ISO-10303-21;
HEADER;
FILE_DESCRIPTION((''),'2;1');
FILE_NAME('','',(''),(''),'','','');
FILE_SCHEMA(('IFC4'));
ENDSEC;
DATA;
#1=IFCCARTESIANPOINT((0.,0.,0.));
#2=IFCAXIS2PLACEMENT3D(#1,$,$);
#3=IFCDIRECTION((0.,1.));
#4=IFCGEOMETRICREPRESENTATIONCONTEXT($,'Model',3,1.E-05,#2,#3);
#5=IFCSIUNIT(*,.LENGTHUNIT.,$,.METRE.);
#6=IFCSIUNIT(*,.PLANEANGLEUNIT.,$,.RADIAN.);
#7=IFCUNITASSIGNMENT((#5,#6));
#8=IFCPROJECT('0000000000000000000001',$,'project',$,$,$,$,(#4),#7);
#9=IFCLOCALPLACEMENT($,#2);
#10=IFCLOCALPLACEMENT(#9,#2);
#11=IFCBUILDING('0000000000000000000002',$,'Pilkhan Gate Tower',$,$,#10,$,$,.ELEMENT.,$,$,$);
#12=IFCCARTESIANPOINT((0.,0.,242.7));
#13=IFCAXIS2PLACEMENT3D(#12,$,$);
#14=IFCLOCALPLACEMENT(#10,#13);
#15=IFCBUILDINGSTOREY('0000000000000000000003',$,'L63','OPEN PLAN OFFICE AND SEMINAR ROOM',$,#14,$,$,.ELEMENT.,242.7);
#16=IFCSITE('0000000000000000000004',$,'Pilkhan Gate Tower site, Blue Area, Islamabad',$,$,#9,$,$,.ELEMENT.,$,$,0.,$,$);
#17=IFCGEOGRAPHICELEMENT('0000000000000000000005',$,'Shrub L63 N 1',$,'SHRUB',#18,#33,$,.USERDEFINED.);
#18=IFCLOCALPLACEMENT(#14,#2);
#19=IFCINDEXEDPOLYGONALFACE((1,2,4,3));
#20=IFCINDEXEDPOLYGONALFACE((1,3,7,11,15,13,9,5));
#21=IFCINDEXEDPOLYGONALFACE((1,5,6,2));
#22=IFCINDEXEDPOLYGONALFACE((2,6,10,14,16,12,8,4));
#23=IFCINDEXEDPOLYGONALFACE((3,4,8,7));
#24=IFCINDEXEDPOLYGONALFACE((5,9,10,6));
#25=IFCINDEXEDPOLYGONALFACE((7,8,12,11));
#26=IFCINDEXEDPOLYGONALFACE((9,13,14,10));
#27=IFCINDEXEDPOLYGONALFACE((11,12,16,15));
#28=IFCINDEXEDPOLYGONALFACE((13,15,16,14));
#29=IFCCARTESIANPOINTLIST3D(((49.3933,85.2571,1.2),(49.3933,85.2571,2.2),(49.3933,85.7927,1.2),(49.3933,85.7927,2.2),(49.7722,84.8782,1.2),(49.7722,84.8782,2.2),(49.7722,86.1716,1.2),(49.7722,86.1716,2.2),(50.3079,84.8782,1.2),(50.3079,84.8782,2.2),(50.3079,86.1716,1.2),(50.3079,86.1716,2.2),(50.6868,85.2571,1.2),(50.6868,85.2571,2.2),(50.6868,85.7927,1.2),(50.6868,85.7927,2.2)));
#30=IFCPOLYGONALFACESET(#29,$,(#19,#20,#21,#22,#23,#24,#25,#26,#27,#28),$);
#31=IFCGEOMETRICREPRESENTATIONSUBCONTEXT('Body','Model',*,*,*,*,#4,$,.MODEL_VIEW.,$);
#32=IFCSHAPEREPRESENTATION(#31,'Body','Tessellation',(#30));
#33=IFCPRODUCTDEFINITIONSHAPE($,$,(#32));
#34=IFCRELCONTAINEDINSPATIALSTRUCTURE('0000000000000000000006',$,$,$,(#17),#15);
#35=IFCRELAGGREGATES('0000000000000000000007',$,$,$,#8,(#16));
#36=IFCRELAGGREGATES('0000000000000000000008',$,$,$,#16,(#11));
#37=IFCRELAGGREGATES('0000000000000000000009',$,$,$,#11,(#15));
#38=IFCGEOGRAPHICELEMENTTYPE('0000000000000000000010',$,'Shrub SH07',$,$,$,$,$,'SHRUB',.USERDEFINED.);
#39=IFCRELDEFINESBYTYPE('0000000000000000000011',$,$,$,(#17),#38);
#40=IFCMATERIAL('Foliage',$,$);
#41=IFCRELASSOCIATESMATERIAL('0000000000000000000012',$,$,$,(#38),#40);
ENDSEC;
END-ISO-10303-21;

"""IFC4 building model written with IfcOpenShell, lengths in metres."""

from ifc_helpers import new_model, si_unit, direction, frame, origin, place, context, subcontext, project, spatial, polyline, outline, extrude, material, material_profile, profile_set, type_object, element, save


model = new_model("IFC4")

# Units and contexts
model_context = context("Model", 3, precision=1e-05, world=origin(), true_north=direction((0.0, 1.0)))
body_context = subcontext(model_context, "Body", "Model", "MODEL_VIEW")
ifc_project = project(units=[si_unit("LENGTHUNIT", "METRE"), si_unit("PLANEANGLEUNIT", "RADIAN")], contexts=[model_context])

# Site, building, storey
site_placement = place(None, origin())
site = spatial("IfcSite", under=ifc_project, at=site_placement, Name="Pilkhan Gate Tower site, Blue Area, Islamabad", CompositionType="ELEMENT", RefElevation=0.0)
building_placement = place(site_placement, origin())
building = spatial("IfcBuilding", under=site, at=building_placement, Name="Pilkhan Gate Tower", CompositionType="ELEMENT")
storey_placement = place(building_placement, frame((0.0, 0.0, 242.7)))
storey = spatial("IfcBuildingStorey", under=building, at=storey_placement, Name="L63", Description="OPEN PLAN OFFICE AND SEMINAR ROOM", CompositionType="ELEMENT", Elevation=242.7)

# Geographic element
ifc_material_1 = material(Name="Foliage")
ifc_material_profile_1 = material_profile(ifc_material_1, outline(polyline([(0.6467, 0.2678), (0.2678, 0.6467), (-0.2678, 0.6467), (-0.6467, 0.2678), (-0.6467, -0.2678), (-0.2678, -0.6467), (0.2678, -0.6467), (0.6467, -0.2678), (0.6467, 0.2678)])), Name="Shrub D1.4")
ifc_profile_set_1 = profile_set([ifc_material_profile_1], Name="Foliage")
geographic_element_type_1 = type_object("IfcGeographicElementType", Name="Shrub SH07", ElementType="SHRUB", PredefinedType="USERDEFINED", material=ifc_profile_set_1)
for number, where, z_axis, x_axis, name in (
    (1, (50.04, 85.5249, 1.2), (0.0, 0.0, 1.0), (1.0, 0.0, 0.0), "Shrub L63 N 1"),
):
    element("IfcGeographicElement", number, at=place(storey_placement, frame(where, z_axis=z_axis, x_axis=x_axis)), inside=storey, type_object=geographic_element_type_1, Name=name, ObjectType="SHRUB", PredefinedType="USERDEFINED", context=body_context, shape_type="SweptSolid", body=[
        extrude(outline(polyline([(0.6467, 0.2678), (0.2678, 0.6467), (-0.2678, 0.6467), (-0.6467, 0.2678), (-0.6467, -0.2678), (-0.2678, -0.6467), (0.2678, -0.6467), (0.6467, -0.2678), (0.6467, 0.2678)])), origin(), (0.0, 0.0, 1.0), 1.0),
    ])

save(model, "model.ifc")
